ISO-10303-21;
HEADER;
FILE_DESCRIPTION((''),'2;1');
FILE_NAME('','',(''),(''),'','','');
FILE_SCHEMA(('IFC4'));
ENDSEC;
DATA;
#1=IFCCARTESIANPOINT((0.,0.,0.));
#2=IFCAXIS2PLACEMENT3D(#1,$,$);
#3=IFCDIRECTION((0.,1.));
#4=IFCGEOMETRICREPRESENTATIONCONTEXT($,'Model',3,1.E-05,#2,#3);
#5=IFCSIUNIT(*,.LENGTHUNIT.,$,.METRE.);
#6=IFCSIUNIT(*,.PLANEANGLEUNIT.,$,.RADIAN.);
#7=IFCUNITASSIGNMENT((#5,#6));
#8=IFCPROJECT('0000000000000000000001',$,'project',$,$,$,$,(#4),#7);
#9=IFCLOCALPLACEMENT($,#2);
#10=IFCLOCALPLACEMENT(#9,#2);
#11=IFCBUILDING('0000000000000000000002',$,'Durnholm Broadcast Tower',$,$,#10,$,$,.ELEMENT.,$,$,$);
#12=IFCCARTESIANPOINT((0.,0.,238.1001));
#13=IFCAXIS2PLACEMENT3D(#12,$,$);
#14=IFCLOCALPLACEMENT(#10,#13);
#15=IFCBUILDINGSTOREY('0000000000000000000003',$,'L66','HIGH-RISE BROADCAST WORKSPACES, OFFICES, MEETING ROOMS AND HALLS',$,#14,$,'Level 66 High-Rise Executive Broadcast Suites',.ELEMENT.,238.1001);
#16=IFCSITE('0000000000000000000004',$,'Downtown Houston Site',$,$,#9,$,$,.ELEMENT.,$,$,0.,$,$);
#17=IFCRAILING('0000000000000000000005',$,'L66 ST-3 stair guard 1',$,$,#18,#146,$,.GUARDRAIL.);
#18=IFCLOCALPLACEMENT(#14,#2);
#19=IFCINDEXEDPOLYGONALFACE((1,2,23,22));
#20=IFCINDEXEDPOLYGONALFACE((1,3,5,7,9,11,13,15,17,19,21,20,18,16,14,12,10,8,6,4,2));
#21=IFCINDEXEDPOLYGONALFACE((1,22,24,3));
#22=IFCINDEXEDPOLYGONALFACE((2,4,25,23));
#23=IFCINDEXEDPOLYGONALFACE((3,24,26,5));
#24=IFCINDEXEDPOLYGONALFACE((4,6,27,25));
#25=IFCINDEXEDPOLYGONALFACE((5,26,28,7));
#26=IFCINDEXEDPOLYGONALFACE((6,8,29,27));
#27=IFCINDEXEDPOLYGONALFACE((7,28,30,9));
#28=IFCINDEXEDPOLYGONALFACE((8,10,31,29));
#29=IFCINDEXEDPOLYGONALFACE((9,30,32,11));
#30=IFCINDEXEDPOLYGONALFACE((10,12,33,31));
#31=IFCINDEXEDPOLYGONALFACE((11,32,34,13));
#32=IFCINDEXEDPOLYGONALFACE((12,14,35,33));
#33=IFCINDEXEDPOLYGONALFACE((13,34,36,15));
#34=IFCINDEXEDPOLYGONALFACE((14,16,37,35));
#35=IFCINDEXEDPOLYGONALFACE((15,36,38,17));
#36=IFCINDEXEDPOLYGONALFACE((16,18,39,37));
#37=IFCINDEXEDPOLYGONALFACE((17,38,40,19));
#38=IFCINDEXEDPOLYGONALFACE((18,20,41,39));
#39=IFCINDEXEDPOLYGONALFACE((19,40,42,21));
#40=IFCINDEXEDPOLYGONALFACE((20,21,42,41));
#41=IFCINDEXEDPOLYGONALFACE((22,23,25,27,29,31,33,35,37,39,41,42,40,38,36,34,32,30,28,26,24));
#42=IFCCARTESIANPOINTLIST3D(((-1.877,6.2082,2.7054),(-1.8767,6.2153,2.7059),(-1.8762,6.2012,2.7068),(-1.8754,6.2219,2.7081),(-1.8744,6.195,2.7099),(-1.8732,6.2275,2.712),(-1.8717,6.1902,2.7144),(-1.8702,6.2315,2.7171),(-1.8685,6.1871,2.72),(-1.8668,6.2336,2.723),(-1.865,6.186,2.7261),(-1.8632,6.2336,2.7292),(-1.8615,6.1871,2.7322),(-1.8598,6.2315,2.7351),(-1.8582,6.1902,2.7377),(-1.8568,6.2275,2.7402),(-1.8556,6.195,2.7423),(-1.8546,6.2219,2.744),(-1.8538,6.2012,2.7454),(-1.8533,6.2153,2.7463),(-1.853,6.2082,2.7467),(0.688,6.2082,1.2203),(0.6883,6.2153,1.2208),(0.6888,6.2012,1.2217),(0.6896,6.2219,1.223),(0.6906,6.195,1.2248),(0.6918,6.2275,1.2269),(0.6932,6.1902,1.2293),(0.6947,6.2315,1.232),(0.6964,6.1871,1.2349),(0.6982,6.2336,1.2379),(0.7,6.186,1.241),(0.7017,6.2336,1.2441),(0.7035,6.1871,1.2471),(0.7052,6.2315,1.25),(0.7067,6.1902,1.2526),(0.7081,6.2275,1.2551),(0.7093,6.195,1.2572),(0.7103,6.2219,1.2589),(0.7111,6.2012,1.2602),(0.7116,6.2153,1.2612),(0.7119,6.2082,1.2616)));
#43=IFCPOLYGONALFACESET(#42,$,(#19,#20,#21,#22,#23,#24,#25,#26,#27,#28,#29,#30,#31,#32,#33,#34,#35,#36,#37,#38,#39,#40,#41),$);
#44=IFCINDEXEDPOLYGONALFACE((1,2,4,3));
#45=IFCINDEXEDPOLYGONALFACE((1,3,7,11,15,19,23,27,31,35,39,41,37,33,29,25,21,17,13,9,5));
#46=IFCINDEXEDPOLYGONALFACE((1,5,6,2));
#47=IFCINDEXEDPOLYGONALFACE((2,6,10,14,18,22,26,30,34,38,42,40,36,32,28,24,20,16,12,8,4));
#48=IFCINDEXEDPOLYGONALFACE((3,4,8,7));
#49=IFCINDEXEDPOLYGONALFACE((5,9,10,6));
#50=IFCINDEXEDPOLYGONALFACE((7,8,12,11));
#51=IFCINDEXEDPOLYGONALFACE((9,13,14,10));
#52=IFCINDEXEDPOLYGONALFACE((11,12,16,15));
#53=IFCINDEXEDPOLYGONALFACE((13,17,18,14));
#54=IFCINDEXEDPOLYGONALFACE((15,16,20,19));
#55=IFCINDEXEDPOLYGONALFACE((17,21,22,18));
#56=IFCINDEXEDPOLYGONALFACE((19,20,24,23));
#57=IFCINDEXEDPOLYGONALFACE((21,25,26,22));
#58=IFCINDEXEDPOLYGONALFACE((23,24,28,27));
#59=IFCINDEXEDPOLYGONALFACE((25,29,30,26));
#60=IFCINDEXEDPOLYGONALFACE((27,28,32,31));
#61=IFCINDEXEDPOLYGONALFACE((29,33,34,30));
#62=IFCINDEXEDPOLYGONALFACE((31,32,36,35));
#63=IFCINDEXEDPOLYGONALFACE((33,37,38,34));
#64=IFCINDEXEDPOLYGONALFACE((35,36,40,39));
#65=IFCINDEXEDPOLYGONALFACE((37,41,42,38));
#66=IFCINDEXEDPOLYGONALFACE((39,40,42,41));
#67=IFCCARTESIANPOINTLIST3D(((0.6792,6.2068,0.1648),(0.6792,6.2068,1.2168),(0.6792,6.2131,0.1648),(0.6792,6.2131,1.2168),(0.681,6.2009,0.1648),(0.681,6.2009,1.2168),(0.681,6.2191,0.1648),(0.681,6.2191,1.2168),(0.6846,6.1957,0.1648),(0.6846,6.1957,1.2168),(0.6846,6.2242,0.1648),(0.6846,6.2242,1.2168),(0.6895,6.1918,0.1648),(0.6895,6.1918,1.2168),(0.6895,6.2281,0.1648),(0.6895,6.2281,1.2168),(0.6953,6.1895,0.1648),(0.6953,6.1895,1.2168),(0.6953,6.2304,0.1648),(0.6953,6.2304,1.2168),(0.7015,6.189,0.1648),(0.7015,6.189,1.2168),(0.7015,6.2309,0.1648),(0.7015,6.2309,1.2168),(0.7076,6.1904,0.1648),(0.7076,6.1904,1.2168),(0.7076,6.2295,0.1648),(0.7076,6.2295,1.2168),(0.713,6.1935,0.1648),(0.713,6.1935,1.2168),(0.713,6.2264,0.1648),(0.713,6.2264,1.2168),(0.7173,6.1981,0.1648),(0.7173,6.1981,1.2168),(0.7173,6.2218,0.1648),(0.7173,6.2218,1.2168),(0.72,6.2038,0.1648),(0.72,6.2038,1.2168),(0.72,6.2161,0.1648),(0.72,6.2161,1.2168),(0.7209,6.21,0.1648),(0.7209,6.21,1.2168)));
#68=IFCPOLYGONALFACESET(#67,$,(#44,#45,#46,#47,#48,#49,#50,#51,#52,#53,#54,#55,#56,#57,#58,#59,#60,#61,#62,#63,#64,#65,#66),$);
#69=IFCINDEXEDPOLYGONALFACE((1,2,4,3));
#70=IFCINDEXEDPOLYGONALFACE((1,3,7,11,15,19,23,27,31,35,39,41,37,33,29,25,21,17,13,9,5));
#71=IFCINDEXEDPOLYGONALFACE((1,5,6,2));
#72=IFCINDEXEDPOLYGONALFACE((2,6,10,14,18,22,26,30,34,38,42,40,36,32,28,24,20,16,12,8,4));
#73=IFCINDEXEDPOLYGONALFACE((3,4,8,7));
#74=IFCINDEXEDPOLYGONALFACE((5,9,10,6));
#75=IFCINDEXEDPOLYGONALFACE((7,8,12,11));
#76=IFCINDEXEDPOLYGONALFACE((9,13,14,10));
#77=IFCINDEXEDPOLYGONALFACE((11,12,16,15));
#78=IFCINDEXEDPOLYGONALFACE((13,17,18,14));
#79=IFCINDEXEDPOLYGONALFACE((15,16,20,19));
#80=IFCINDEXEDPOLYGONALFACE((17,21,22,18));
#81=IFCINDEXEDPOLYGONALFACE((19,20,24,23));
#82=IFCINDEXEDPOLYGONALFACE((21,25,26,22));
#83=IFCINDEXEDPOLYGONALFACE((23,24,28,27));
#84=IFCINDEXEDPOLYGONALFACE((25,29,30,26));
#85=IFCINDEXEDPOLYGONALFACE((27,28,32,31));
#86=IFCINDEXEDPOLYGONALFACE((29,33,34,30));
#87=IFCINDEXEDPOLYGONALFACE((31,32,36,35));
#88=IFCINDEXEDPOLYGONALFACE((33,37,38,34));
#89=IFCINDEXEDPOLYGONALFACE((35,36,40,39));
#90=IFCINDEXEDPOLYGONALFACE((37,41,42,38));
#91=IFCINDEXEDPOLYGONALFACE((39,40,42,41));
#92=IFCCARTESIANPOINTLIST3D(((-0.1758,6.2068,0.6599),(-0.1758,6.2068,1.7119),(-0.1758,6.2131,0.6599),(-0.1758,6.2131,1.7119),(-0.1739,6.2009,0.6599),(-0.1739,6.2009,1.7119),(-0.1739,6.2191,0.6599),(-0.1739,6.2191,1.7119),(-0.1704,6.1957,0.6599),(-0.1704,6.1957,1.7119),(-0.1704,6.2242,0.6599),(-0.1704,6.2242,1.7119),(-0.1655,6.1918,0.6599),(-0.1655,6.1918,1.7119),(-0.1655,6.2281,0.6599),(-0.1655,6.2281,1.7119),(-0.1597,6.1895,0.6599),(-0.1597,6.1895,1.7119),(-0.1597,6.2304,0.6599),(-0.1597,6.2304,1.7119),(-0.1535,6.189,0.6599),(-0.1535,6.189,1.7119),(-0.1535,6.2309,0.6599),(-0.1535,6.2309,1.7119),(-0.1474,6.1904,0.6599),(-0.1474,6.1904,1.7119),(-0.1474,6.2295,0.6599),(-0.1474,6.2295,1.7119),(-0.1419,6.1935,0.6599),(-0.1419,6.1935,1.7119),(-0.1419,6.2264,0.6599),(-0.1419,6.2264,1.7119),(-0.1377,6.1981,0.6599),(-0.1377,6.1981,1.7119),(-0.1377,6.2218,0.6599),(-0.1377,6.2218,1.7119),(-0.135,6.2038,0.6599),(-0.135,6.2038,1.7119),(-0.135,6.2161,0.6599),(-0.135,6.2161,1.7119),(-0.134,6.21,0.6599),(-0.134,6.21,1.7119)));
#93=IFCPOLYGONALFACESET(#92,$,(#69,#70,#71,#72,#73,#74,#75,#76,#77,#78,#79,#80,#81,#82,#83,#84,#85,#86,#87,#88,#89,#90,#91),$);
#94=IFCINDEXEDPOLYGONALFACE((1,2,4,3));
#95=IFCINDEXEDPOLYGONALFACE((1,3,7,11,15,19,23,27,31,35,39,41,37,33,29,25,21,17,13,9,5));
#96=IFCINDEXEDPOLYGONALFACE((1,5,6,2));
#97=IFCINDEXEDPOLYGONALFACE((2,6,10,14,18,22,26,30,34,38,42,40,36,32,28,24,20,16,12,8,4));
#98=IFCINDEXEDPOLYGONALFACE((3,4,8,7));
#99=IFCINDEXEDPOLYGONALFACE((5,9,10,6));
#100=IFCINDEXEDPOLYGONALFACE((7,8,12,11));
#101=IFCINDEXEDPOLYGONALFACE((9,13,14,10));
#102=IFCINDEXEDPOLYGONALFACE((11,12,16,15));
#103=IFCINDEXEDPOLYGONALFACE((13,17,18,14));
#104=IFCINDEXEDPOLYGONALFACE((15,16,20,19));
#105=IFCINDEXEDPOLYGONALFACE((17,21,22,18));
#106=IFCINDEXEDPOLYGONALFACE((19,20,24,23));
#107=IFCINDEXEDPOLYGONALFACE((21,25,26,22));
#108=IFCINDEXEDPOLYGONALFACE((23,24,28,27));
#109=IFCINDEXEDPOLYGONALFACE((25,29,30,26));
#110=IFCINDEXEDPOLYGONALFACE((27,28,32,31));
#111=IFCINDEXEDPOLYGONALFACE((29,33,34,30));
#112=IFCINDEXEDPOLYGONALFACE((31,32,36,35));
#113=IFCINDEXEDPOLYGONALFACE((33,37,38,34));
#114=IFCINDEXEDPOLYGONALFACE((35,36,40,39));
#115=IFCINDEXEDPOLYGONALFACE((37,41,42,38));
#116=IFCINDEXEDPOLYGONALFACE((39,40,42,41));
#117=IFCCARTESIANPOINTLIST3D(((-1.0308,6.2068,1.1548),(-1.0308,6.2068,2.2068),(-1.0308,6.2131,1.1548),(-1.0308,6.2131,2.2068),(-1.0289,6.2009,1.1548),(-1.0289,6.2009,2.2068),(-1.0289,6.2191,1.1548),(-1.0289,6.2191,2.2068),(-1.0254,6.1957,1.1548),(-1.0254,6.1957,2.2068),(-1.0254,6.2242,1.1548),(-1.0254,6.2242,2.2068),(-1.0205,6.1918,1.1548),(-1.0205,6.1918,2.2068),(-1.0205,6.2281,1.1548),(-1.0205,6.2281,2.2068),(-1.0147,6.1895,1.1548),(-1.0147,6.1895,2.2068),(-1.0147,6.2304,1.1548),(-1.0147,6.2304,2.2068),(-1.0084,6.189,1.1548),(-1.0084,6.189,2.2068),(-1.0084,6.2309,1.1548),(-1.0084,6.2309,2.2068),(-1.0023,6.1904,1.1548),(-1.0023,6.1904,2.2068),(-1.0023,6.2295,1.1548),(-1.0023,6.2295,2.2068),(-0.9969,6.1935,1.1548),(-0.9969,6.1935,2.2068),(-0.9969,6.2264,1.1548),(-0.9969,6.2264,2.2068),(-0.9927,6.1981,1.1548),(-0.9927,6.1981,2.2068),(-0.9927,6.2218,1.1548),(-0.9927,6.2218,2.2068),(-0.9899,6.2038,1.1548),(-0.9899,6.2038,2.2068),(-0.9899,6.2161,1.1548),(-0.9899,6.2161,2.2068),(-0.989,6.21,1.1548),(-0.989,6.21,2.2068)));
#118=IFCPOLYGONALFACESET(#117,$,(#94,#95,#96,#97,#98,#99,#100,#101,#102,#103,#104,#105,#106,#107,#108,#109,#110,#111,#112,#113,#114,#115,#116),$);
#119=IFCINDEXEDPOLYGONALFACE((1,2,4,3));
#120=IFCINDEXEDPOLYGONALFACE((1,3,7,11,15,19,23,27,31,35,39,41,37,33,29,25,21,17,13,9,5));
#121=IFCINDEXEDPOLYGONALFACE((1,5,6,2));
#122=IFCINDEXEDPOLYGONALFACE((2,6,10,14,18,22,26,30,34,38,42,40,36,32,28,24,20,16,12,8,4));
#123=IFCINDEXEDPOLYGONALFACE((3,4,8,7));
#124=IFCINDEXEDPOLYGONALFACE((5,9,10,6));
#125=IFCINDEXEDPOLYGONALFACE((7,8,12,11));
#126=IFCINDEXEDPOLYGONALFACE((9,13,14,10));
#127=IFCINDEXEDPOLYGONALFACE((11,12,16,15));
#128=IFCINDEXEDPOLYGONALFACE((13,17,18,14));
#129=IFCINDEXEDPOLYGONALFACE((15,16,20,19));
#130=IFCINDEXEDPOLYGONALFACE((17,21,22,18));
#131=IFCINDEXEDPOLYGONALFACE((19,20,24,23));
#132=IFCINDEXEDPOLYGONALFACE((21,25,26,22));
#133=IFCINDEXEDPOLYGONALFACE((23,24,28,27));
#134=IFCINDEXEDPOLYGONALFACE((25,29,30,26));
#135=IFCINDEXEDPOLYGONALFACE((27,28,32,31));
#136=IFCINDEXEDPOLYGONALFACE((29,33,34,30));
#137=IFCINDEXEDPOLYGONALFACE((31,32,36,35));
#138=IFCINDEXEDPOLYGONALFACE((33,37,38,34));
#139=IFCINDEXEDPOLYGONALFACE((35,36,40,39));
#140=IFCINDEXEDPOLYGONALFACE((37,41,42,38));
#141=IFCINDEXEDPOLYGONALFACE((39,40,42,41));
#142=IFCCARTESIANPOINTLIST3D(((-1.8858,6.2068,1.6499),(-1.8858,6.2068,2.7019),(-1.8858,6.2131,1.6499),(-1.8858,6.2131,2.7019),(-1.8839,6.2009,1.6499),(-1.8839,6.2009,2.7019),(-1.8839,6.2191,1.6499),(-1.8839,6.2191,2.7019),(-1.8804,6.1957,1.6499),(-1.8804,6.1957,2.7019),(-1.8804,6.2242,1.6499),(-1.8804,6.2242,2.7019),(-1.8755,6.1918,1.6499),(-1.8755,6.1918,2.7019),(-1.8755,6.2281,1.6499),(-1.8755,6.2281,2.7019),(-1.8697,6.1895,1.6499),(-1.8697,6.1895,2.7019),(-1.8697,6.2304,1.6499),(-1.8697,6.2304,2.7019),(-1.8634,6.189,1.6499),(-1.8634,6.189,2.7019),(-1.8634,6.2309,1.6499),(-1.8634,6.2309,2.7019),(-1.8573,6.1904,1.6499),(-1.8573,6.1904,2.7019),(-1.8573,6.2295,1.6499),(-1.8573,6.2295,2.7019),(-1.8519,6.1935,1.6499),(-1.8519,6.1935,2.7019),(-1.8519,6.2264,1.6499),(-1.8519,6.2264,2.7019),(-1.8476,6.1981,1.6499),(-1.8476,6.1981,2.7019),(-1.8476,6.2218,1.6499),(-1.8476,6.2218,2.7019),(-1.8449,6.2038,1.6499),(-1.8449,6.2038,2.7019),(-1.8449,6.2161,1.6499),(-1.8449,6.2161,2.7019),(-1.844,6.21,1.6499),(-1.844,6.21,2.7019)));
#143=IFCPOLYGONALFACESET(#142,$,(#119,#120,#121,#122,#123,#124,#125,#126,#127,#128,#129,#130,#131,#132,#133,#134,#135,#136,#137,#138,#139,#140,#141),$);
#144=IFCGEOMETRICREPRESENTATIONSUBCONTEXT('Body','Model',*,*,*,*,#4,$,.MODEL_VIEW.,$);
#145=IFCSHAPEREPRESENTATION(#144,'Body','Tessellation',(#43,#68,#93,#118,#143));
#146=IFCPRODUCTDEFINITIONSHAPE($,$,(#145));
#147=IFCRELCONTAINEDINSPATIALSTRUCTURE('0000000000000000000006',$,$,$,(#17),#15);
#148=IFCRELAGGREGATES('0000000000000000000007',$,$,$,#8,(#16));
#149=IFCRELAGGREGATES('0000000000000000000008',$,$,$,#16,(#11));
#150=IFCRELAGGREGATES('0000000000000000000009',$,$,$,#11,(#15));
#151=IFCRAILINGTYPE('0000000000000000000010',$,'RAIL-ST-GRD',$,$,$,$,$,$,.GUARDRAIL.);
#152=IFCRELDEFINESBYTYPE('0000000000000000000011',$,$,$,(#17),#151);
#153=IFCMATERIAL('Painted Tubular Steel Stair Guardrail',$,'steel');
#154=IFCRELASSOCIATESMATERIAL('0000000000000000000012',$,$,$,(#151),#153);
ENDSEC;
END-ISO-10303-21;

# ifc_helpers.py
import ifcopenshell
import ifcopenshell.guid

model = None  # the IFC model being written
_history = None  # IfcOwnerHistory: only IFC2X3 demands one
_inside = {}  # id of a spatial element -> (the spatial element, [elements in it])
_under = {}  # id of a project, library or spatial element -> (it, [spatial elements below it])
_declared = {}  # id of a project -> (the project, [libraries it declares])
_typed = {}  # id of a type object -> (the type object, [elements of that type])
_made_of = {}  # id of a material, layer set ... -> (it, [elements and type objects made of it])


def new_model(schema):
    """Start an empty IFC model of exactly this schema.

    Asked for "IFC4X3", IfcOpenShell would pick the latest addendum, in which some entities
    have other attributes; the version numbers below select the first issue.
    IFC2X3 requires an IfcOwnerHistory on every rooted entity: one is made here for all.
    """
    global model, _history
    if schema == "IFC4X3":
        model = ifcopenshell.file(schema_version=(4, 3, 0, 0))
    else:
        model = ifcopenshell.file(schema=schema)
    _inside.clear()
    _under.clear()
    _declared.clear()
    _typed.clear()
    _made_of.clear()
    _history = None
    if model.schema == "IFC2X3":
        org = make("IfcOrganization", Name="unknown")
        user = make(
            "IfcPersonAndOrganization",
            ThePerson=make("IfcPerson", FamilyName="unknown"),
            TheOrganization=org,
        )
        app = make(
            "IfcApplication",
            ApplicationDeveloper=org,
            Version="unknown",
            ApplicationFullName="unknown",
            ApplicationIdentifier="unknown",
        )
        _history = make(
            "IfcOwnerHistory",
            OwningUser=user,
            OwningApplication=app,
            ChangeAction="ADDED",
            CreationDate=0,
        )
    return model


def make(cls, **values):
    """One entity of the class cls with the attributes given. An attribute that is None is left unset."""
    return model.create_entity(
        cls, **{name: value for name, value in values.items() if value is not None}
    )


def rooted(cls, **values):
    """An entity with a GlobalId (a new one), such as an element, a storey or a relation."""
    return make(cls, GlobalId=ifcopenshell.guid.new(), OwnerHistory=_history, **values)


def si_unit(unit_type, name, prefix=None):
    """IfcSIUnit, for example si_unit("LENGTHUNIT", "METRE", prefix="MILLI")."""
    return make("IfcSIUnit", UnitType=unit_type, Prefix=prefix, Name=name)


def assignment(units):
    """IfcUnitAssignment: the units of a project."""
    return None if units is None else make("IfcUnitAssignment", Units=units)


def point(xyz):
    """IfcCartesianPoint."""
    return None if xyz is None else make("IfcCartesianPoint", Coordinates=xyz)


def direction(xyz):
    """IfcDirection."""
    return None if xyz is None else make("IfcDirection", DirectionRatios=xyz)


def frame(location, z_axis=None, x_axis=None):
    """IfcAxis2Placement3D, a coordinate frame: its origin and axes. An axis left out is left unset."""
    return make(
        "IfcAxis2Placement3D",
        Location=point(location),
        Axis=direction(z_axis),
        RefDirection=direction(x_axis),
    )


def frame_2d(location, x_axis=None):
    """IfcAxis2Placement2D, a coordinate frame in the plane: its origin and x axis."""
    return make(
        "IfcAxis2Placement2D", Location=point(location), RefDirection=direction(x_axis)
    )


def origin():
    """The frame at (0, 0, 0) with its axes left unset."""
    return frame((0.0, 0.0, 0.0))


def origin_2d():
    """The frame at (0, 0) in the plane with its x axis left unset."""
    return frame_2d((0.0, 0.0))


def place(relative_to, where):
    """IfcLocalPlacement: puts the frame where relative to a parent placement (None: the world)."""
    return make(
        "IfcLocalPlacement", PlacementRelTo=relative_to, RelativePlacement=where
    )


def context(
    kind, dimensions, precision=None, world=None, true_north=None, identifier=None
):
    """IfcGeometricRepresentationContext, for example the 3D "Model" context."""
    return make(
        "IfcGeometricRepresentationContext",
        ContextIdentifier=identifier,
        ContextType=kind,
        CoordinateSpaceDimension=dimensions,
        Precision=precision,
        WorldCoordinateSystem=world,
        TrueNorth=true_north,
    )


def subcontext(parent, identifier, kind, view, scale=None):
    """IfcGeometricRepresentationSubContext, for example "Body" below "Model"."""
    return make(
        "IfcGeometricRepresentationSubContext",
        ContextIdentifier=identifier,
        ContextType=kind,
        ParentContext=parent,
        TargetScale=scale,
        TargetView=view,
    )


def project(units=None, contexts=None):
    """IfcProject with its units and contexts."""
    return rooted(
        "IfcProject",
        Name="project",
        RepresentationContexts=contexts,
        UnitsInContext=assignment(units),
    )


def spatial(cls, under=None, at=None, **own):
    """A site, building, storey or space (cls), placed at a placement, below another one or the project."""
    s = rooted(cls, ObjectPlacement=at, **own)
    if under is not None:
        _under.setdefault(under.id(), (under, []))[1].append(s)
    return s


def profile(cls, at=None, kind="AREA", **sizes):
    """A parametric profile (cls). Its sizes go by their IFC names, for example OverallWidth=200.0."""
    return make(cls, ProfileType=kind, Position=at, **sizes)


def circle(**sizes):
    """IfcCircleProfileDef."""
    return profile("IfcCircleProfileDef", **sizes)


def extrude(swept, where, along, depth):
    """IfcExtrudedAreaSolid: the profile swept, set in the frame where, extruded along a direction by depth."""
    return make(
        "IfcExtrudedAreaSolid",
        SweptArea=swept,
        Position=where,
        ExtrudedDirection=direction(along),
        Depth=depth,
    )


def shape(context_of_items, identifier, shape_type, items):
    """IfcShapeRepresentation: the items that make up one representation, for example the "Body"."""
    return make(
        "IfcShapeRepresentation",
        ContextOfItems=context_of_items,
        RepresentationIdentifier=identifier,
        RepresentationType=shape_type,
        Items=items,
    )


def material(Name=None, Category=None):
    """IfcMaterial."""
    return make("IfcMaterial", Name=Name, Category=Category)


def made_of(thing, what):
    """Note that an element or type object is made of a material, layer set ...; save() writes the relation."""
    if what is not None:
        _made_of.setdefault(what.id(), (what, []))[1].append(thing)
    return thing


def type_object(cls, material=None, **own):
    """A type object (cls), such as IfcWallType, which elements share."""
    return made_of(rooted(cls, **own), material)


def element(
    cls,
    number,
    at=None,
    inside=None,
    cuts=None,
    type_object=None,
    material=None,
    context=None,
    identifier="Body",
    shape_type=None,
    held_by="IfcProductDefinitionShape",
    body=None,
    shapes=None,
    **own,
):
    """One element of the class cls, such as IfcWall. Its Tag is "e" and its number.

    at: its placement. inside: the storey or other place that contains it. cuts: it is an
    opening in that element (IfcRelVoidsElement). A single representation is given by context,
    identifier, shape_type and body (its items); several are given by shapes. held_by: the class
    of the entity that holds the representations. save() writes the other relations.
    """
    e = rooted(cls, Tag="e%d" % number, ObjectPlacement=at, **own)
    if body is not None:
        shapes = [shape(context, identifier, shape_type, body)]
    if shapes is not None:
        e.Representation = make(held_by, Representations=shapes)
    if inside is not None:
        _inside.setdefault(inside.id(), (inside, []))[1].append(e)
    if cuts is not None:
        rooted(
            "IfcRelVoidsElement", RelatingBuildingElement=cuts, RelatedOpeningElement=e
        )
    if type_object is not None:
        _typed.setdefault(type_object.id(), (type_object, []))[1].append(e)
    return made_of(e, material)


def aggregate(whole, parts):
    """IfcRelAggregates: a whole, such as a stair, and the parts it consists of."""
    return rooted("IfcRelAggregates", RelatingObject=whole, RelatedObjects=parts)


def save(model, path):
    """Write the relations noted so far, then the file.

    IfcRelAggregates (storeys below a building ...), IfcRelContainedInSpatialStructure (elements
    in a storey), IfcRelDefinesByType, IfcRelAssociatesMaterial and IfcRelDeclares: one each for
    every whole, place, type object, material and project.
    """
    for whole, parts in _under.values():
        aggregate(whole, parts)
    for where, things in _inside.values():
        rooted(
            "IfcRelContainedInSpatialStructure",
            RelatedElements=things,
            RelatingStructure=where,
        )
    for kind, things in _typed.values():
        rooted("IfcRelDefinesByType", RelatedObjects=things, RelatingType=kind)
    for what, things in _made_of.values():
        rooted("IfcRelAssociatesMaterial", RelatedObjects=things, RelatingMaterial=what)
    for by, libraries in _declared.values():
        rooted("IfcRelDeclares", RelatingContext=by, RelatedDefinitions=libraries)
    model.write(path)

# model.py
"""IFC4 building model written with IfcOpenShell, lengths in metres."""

from ifc_helpers import new_model, si_unit, direction, frame, origin, origin_2d, place, context, subcontext, project, spatial, circle, extrude, material, type_object, element, save


model = new_model("IFC4")

# Units and contexts
model_context = context("Model", 3, precision=1e-05, world=origin(), true_north=direction((0.0, 1.0)))
body_context = subcontext(model_context, "Body", "Model", "MODEL_VIEW")
ifc_project = project(units=[si_unit("LENGTHUNIT", "METRE"), si_unit("PLANEANGLEUNIT", "RADIAN")], contexts=[model_context])

# Site, building, storey
site_placement = place(None, origin())
site = spatial("IfcSite", under=ifc_project, at=site_placement, Name="Downtown Houston Site", CompositionType="ELEMENT", RefElevation=0.0)
building_placement = place(site_placement, origin())
building = spatial("IfcBuilding", under=site, at=building_placement, Name="Durnholm Broadcast Tower", CompositionType="ELEMENT")
storey_placement = place(building_placement, frame((0.0, 0.0, 238.1001)))
storey = spatial("IfcBuildingStorey", under=building, at=storey_placement, Name="L66", Description="HIGH-RISE BROADCAST WORKSPACES, OFFICES, MEETING ROOMS AND HALLS", LongName="Level 66 High-Rise Executive Broadcast Suites", CompositionType="ELEMENT", Elevation=238.1001)

# Railing
ifc_material_1 = material(Name="Painted Tubular Steel Stair Guardrail", Category="steel")
railing_type = type_object("IfcRailingType", Name="RAIL-ST-GRD", PredefinedType="GUARDRAIL", material=ifc_material_1)
railing_1_placement = place(storey_placement, frame((0.7, 6.21, 0.1648)))
element("IfcRailing", 1, at=railing_1_placement, inside=storey, type_object=railing_type, Name="L66 ST-3 stair guard 1", PredefinedType="GUARDRAIL", context=body_context, shape_type="SweptSolid", body=[
    extrude(circle(Radius=0.0239, at=origin_2d()), frame((0.0, 0.0, 1.0762), z_axis=(-0.865406, 0.0, 0.501072), x_axis=(0.0, -1.0, 0.0)), (0.0, 0.0, 1.0), 2.9639),
    extrude(circle(Radius=0.021, at=origin_2d()), origin(), (0.0, 0.0, 1.0), 1.052),
    extrude(circle(Radius=0.021, at=origin_2d()), frame((-0.855, 0.0, 0.4951)), (0.0, 0.0, 1.0), 1.052),
    extrude(circle(Radius=0.021, at=origin_2d()), frame((-1.71, 0.0, 0.99)), (0.0, 0.0, 1.0), 1.052),
    extrude(circle(Radius=0.021, at=origin_2d()), frame((-2.5649, 0.0, 1.4851)), (0.0, 0.0, 1.0), 1.052),
])

save(model, "model.ifc")
